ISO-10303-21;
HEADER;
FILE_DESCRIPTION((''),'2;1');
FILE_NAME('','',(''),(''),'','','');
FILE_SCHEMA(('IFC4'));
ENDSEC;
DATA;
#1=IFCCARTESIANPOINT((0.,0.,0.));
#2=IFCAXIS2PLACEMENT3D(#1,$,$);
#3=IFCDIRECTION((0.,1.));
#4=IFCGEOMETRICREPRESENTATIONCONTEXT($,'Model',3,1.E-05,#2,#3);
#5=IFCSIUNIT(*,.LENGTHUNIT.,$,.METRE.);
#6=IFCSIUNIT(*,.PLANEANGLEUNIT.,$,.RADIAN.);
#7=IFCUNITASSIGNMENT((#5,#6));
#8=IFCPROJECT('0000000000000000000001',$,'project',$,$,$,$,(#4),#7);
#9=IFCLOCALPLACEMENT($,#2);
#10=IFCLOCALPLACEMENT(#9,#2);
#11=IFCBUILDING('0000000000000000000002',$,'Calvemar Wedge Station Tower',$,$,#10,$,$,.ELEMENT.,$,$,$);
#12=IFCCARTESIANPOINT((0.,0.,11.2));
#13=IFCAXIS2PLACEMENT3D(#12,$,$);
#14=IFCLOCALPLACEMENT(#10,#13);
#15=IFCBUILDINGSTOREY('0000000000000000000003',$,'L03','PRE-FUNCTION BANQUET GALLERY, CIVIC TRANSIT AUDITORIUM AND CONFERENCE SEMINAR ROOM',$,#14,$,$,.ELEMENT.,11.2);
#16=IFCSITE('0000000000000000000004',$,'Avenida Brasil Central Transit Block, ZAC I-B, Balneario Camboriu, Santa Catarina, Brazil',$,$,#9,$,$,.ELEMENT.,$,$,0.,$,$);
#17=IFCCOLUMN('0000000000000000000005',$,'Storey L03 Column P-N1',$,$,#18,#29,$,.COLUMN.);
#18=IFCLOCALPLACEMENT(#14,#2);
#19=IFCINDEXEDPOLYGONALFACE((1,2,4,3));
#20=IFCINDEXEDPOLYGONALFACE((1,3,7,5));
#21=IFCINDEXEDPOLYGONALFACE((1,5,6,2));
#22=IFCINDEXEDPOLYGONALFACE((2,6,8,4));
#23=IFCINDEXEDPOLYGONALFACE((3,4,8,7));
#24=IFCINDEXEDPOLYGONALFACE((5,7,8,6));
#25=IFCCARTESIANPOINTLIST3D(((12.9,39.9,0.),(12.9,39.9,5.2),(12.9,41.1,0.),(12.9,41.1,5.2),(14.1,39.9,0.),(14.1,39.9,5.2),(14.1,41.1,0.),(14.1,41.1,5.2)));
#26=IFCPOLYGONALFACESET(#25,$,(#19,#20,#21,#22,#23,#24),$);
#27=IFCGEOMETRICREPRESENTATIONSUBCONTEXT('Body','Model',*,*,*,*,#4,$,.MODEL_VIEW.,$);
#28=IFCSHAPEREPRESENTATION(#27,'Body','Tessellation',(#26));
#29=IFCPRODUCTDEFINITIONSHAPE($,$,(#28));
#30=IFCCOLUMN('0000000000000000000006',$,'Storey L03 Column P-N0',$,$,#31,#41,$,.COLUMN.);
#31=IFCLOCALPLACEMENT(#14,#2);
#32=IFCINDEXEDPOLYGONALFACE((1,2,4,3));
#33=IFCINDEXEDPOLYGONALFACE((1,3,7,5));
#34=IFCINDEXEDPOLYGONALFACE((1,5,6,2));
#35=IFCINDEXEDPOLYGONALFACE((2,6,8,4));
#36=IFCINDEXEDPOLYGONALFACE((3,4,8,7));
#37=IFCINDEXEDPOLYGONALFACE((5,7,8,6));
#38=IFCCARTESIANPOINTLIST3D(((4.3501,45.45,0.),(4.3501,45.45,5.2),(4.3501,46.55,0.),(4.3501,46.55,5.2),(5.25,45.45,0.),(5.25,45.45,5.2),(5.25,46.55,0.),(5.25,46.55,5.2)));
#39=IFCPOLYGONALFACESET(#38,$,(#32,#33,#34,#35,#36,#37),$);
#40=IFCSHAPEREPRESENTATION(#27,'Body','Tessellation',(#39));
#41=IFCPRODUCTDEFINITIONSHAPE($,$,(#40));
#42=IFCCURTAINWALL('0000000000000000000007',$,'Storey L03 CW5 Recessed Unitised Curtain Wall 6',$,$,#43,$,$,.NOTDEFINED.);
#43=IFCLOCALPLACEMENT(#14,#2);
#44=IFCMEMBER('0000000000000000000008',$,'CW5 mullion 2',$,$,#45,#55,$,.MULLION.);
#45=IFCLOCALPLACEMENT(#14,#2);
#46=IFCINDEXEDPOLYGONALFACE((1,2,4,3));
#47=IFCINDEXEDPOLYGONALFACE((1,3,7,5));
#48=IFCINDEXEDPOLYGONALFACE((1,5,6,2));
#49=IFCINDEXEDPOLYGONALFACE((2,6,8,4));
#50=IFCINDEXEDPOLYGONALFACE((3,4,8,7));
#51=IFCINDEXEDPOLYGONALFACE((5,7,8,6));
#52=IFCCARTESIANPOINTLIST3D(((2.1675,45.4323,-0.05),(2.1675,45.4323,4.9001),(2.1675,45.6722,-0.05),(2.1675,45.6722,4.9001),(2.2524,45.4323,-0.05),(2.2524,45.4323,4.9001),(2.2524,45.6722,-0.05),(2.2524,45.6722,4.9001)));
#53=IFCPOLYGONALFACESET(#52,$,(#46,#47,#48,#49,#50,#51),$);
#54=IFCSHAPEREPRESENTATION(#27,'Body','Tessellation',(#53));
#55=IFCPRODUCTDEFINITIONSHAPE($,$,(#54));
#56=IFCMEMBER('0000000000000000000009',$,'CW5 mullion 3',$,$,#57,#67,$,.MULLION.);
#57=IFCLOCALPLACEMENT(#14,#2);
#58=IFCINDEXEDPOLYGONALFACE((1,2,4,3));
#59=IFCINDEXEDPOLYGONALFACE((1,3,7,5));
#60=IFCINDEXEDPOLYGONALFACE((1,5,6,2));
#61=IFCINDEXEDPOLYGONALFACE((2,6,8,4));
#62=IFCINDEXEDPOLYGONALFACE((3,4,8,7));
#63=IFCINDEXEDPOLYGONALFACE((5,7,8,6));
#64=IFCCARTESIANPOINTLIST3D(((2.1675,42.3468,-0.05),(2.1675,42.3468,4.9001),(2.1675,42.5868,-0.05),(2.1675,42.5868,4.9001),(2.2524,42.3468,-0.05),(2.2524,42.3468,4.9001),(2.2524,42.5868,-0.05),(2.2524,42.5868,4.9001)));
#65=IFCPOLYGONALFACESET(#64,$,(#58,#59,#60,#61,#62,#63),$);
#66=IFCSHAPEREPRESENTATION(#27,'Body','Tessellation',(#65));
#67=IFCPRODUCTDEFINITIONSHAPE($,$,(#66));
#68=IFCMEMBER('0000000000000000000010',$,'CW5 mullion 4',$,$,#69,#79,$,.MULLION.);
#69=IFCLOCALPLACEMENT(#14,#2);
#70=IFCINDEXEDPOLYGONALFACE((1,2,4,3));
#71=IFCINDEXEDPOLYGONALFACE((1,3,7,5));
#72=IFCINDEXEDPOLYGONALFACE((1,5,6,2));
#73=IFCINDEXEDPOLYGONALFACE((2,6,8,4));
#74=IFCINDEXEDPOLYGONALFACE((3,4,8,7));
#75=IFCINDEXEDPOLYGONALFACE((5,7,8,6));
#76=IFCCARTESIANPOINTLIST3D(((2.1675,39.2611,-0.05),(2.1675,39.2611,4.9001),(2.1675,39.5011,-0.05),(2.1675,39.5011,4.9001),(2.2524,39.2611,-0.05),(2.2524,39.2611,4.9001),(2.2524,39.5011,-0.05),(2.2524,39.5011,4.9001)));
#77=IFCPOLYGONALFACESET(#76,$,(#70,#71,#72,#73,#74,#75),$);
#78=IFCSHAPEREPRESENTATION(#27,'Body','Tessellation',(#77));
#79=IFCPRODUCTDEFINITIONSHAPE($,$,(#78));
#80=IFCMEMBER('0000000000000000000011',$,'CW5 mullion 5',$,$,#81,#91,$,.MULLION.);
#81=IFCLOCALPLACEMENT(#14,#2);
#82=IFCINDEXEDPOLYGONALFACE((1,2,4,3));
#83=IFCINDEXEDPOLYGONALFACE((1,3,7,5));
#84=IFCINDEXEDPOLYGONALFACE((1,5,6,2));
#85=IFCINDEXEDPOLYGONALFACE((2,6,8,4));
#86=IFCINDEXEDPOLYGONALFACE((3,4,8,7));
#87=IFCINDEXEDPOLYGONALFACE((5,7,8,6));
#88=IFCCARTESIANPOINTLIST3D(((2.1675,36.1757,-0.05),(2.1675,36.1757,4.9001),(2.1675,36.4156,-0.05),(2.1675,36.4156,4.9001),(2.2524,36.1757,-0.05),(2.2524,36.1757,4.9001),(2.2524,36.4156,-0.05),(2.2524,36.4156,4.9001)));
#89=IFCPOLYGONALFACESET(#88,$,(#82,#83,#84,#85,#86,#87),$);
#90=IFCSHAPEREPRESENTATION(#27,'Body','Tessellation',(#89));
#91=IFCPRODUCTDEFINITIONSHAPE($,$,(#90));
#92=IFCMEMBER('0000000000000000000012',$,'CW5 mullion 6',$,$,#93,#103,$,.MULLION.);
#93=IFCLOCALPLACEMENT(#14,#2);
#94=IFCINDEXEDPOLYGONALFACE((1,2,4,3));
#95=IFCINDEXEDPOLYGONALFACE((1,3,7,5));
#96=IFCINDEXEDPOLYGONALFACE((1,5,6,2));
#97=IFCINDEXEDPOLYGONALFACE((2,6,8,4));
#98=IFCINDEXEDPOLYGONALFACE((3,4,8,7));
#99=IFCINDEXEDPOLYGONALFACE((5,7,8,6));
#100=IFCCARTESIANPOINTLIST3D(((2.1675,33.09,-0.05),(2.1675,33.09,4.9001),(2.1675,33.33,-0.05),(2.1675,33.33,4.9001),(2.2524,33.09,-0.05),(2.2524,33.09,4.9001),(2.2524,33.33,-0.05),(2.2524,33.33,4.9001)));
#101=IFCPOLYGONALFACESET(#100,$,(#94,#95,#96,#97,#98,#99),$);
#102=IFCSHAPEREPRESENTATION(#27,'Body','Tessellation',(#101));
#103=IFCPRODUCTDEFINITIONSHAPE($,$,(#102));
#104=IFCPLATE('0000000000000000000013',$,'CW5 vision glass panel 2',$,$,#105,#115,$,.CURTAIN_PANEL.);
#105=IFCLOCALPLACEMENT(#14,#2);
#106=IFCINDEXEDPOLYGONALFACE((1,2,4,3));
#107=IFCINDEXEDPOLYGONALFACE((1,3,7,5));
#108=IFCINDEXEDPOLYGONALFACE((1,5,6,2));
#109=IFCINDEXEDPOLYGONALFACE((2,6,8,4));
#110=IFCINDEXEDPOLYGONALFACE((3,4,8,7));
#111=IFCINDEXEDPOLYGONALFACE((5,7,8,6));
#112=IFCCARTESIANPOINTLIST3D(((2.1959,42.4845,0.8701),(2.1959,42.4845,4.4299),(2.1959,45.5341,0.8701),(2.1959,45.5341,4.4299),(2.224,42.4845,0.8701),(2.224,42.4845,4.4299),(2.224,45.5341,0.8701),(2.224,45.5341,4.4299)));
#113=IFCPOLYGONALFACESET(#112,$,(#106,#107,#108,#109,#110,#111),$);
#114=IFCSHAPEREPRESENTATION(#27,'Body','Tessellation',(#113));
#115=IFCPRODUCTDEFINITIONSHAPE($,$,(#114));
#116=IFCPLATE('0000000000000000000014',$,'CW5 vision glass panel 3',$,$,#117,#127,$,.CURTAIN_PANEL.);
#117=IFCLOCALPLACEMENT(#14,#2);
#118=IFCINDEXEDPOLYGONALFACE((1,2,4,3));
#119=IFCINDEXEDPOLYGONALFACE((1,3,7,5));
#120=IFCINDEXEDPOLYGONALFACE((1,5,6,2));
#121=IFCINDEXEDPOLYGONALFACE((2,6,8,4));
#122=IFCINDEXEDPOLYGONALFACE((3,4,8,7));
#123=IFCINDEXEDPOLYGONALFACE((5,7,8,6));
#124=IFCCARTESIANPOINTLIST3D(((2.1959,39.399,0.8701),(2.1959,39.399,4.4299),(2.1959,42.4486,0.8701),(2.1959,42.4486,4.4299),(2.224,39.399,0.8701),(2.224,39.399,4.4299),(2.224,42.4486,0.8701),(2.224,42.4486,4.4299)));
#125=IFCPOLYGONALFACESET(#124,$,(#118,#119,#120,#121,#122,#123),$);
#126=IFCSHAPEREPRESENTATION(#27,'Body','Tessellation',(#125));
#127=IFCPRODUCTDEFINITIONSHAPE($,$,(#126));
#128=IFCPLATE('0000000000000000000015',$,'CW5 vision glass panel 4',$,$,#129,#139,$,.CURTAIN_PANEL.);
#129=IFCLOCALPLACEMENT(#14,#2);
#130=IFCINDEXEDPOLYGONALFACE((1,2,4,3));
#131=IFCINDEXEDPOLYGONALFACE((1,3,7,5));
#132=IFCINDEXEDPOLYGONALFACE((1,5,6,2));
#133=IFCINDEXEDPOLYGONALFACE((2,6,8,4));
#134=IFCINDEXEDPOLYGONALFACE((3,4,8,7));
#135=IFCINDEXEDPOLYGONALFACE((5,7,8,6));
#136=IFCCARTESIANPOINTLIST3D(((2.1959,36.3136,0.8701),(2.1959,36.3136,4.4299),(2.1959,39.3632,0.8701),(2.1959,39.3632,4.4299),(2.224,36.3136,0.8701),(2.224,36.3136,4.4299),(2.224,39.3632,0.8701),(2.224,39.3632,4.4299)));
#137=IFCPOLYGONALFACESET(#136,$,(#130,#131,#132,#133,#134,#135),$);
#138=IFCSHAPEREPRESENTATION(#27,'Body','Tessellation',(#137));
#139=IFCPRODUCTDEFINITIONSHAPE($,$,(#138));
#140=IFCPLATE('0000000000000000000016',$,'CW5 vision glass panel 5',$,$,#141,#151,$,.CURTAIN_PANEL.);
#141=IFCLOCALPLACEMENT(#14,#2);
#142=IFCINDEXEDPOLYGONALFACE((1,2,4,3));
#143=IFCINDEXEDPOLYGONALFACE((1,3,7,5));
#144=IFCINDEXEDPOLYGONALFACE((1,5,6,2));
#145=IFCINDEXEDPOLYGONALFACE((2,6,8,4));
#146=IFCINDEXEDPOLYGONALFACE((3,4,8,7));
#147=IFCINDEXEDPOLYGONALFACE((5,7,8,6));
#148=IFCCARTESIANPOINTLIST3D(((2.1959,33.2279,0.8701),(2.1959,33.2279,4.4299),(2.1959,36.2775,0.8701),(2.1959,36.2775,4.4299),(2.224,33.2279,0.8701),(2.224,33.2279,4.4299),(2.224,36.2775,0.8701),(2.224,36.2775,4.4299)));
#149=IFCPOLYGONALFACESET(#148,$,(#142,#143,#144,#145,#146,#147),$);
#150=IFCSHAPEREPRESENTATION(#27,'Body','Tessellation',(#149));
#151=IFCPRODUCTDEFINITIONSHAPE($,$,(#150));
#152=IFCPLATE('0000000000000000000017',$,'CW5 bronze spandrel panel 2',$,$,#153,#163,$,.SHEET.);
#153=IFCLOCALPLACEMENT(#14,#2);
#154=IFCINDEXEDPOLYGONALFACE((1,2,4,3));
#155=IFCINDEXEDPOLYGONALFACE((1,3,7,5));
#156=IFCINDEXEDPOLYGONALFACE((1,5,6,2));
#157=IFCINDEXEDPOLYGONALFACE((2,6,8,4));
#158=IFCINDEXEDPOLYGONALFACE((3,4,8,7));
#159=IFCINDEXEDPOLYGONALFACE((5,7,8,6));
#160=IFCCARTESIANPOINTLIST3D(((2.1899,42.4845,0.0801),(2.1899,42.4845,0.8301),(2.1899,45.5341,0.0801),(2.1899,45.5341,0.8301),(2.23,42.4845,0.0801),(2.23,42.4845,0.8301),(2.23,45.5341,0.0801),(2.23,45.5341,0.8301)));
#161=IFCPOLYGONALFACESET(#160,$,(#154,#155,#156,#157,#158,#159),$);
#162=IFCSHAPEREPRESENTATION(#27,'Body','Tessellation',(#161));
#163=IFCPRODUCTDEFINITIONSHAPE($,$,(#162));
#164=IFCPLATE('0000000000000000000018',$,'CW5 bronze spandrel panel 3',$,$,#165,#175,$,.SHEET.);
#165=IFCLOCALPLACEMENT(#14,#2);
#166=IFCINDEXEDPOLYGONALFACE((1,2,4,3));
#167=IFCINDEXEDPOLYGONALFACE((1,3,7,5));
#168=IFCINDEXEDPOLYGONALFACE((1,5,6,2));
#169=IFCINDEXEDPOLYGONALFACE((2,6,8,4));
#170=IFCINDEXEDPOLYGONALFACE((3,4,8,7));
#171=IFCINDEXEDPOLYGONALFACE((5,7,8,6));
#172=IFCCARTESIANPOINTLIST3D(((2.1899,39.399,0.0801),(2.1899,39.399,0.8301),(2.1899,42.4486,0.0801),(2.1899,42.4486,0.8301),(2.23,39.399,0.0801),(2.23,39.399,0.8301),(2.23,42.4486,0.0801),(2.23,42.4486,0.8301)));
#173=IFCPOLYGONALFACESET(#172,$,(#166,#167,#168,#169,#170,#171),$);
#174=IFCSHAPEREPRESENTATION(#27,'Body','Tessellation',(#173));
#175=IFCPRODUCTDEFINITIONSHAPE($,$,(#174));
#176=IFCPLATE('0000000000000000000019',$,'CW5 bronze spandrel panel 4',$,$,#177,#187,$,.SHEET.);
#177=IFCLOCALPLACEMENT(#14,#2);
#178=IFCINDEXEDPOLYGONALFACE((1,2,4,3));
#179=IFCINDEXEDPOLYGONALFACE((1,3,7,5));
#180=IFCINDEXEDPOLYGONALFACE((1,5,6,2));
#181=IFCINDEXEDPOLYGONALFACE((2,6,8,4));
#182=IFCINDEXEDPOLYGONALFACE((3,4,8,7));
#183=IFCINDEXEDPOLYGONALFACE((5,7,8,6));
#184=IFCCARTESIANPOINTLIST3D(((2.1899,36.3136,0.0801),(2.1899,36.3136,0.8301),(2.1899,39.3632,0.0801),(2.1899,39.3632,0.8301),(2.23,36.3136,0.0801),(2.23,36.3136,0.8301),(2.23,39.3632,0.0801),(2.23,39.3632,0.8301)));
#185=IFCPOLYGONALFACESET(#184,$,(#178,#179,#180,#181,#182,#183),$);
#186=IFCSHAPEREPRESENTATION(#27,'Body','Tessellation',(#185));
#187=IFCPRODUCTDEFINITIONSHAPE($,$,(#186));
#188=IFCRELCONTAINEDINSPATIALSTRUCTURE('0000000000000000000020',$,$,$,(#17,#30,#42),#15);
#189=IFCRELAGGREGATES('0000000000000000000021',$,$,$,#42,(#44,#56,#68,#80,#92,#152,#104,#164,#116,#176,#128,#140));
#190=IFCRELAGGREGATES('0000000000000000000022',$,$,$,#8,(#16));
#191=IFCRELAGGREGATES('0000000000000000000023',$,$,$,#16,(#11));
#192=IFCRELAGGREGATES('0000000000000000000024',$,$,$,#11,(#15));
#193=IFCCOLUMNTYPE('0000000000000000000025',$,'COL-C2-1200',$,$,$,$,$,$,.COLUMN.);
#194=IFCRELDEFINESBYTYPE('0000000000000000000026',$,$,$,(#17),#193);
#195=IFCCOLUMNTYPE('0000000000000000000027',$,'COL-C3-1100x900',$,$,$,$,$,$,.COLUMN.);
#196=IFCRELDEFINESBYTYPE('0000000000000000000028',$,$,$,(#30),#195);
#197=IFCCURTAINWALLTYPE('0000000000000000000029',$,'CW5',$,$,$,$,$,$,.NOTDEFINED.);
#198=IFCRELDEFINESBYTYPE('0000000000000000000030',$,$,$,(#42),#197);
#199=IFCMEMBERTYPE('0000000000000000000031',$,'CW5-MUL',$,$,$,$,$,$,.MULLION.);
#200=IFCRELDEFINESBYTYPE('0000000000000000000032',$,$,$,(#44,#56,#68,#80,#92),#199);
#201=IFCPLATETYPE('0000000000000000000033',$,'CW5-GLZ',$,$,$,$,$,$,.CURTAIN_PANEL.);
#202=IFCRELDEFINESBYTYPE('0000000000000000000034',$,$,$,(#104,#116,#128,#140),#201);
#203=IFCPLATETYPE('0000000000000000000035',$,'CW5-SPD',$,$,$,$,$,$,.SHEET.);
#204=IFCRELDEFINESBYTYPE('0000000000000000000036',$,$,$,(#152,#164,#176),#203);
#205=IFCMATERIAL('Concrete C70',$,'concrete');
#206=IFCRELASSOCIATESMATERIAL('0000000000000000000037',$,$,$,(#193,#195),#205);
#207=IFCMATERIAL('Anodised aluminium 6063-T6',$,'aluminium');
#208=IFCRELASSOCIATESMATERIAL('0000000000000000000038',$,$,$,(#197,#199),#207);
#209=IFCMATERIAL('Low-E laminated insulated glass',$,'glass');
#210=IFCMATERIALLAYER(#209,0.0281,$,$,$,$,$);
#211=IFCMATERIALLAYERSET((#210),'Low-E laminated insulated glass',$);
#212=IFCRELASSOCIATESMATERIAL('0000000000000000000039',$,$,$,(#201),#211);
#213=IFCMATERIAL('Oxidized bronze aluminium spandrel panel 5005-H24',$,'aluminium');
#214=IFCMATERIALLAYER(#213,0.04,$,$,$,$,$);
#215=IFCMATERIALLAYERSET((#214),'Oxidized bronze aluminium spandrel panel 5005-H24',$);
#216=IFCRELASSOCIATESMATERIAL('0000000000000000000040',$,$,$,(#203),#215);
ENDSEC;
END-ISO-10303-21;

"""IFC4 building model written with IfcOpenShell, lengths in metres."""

from ifc_helpers import new_model, si_unit, direction, frame, frame_2d, origin, origin_2d, place, context, subcontext, project, spatial, rectangle, extrude, source, transform, mapped, material, layer, layer_set, material_profile, profile_set, type_object, element, aggregate, save


model = new_model("IFC4")

# Units and contexts
model_context = context("Model", 3, precision=1e-05, world=origin(), true_north=direction((0.0, 1.0)))
body_context = subcontext(model_context, "Body", "Model", "MODEL_VIEW")
ifc_project = project(units=[si_unit("LENGTHUNIT", "METRE"), si_unit("PLANEANGLEUNIT", "RADIAN")], contexts=[model_context])

# Site, building, storey
site_placement = place(None, origin())
site = spatial("IfcSite", under=ifc_project, at=site_placement, Name="Avenida Brasil Central Transit Block, ZAC I-B, Balneario Camboriu, Santa Catarina, Brazil", CompositionType="ELEMENT", RefElevation=0.0)
building_placement = place(site_placement, origin())
building = spatial("IfcBuilding", under=site, at=building_placement, Name="Calvemar Wedge Station Tower", CompositionType="ELEMENT")
storey_placement = place(building_placement, frame((0.0, 0.0, 11.2)))
storey = spatial("IfcBuildingStorey", under=building, at=storey_placement, Name="L03", Description="PRE-FUNCTION BANQUET GALLERY, CIVIC TRANSIT AUDITORIUM AND CONFERENCE SEMINAR ROOM", CompositionType="ELEMENT", Elevation=11.2)

# Columns
ifc_material_1 = material(Name="Concrete C70", Category="concrete")
ifc_material_profile_1 = material_profile(ifc_material_1, rectangle(XDim=1.2, YDim=1.2, at=origin_2d()), Name="RC1200x1200")
ifc_profile_set_1 = profile_set([ifc_material_profile_1], Name="Concrete C70")
column_type_1 = type_object("IfcColumnType", Name="COL-C2-1200", PredefinedType="COLUMN", material=ifc_profile_set_1)
shared_shape_1 = source(origin(), body_context, "Body", "SweptSolid", [
    extrude(rectangle(XDim=1.2, YDim=1.2, at=origin_2d()), origin(), (0.0, 0.0, 1.0), 5.2),
])
column_1_placement = place(storey_placement, frame((13.5, 40.5, 0.0), z_axis=(0.0, 0.0, 1.0), x_axis=(1.0, 0.0, 0.0)))
element("IfcColumn", 1, at=column_1_placement, inside=storey, type_object=column_type_1, Name="Storey L03 Column P-N1", PredefinedType="COLUMN", context=body_context, shape_type="MappedRepresentation", body=[
    mapped(shared_shape_1, transform((0.0, 0.0, 0.0), scale=1.0)),
])
ifc_material_profile_2 = material_profile(ifc_material_1, rectangle(XDim=0.8999, YDim=1.1001, at=origin_2d()), Name="RC1100x900")
ifc_profile_set_2 = profile_set([ifc_material_profile_2], Name="Concrete C70")
column_type_2 = type_object("IfcColumnType", Name="COL-C3-1100x900", PredefinedType="COLUMN", material=ifc_profile_set_2)
shared_shape_2 = source(origin(), body_context, "Body", "SweptSolid", [
    extrude(rectangle(XDim=0.8999, YDim=1.1001, at=origin_2d()), origin(), (0.0, 0.0, 1.0), 5.2),
])
column_2_placement = place(storey_placement, frame((4.8, 46.0, 0.0), z_axis=(0.0, 0.0, 1.0), x_axis=(1.0, 0.0, 0.0)))
element("IfcColumn", 2, at=column_2_placement, inside=storey, type_object=column_type_2, Name="Storey L03 Column P-N0", PredefinedType="COLUMN", context=body_context, shape_type="MappedRepresentation", body=[
    mapped(shared_shape_2, transform((0.0, 0.0, 0.0), scale=1.0)),
])

# Curtain wall, members, plates
ifc_material_2 = material(Name="Anodised aluminium 6063-T6", Category="aluminium")
curtain_wall_type = type_object("IfcCurtainWallType", Name="CW5", PredefinedType="NOTDEFINED", material=ifc_material_2)
curtain_wall_placement = place(storey_placement, origin())
curtain_wall = element("IfcCurtainWall", 3, at=curtain_wall_placement, inside=storey, type_object=curtain_wall_type, Name="Storey L03 CW5 Recessed Unitised Curtain Wall 6", PredefinedType="NOTDEFINED")
ifc_material_profile_3 = material_profile(ifc_material_2, rectangle(XDim=0.085, YDim=0.24, at=origin_2d()), Name="AL-MUL-85x240")
ifc_profile_set_3 = profile_set([ifc_material_profile_3], Name="Anodised aluminium 6063-T6")
member_type = type_object("IfcMemberType", Name="CW5-MUL", PredefinedType="MULLION", material=ifc_profile_set_3)
shared_shape_3 = source(origin(), body_context, "Body", "SweptSolid", [
    extrude(rectangle(XDim=0.085, YDim=0.24, at=origin_2d()), origin(), (0.0, 0.0, 1.0), 4.9502),
])
member_1_placement = place(storey_placement, frame((2.21, 45.5522, -0.05), z_axis=(0.0, 0.0, 1.0), x_axis=(1.0, 0.0, 0.0)))
member_1 = element("IfcMember", 4, at=member_1_placement, type_object=member_type, Name="CW5 mullion 2", PredefinedType="MULLION", context=body_context, shape_type="MappedRepresentation", body=[
    mapped(shared_shape_3, transform((0.0, 0.0, 0.0), scale=1.0)),
])
member_2_placement = place(storey_placement, frame((2.21, 42.4668, -0.05), z_axis=(0.0, 0.0, 1.0), x_axis=(1.0, 0.0, 0.0)))
member_2 = element("IfcMember", 5, at=member_2_placement, type_object=member_type, Name="CW5 mullion 3", PredefinedType="MULLION", context=body_context, shape_type="MappedRepresentation", body=[
    mapped(shared_shape_3, transform((0.0, 0.0, 0.0), scale=1.0)),
])
member_3_placement = place(storey_placement, frame((2.21, 39.3811, -0.05), z_axis=(0.0, 0.0, 1.0), x_axis=(1.0, 0.0, 0.0)))
member_3 = element("IfcMember", 6, at=member_3_placement, type_object=member_type, Name="CW5 mullion 4", PredefinedType="MULLION", context=body_context, shape_type="MappedRepresentation", body=[
    mapped(shared_shape_3, transform((0.0, 0.0, 0.0), scale=1.0)),
])
member_4_placement = place(storey_placement, frame((2.21, 36.2957, -0.05), z_axis=(0.0, 0.0, 1.0), x_axis=(1.0, 0.0, 0.0)))
member_4 = element("IfcMember", 7, at=member_4_placement, type_object=member_type, Name="CW5 mullion 5", PredefinedType="MULLION", context=body_context, shape_type="MappedRepresentation", body=[
    mapped(shared_shape_3, transform((0.0, 0.0, 0.0), scale=1.0)),
])
member_5_placement = place(storey_placement, frame((2.21, 33.21, -0.05), z_axis=(0.0, 0.0, 1.0), x_axis=(1.0, 0.0, 0.0)))
member_5 = element("IfcMember", 8, at=member_5_placement, type_object=member_type, Name="CW5 mullion 6", PredefinedType="MULLION", context=body_context, shape_type="MappedRepresentation", body=[
    mapped(shared_shape_3, transform((0.0, 0.0, 0.0), scale=1.0)),
])
ifc_material_3 = material(Name="Low-E laminated insulated glass", Category="glass")
ifc_layer_1 = layer(ifc_material_3, 0.0281)
ifc_layer_set_1 = layer_set([ifc_layer_1], Name="Low-E laminated insulated glass")
plate_type_1 = type_object("IfcPlateType", Name="CW5-GLZ", PredefinedType="CURTAIN_PANEL", material=ifc_layer_set_1)
plate_1_placement = place(storey_placement, frame((2.21, 45.5342, 0.8701), z_axis=(0.0, 0.0, 1.0), x_axis=(0.0, -1.0, 0.0)))
plate_1 = element("IfcPlate", 9, at=plate_1_placement, type_object=plate_type_1, Name="CW5 vision glass panel 2", PredefinedType="CURTAIN_PANEL", context=body_context, shape_type="SweptSolid", body=[
    extrude(rectangle(XDim=3.0496, YDim=0.0281, at=frame_2d((1.5249, 0.0))), origin(), (0.0, 0.0, 1.0), 3.5598),
])
plate_2_placement = place(storey_placement, frame((2.21, 42.4487, 0.8701), z_axis=(0.0, 0.0, 1.0), x_axis=(0.0, -1.0, 0.0)))
plate_2 = element("IfcPlate", 10, at=plate_2_placement, type_object=plate_type_1, Name="CW5 vision glass panel 3", PredefinedType="CURTAIN_PANEL", context=body_context, shape_type="SweptSolid", body=[
    extrude(rectangle(XDim=3.0496, YDim=0.0281, at=frame_2d((1.5249, 0.0))), origin(), (0.0, 0.0, 1.0), 3.5598),
])
plate_3_placement = place(storey_placement, frame((2.21, 39.3633, 0.8701), z_axis=(0.0, 0.0, 1.0), x_axis=(0.0, -1.0, 0.0)))
plate_3 = element("IfcPlate", 11, at=plate_3_placement, type_object=plate_type_1, Name="CW5 vision glass panel 4", PredefinedType="CURTAIN_PANEL", context=body_context, shape_type="SweptSolid", body=[
    extrude(rectangle(XDim=3.0496, YDim=0.0281, at=frame_2d((1.5249, 0.0))), origin(), (0.0, 0.0, 1.0), 3.5598),
])
plate_4_placement = place(storey_placement, frame((2.21, 36.2776, 0.8701), z_axis=(0.0, 0.0, 1.0), x_axis=(0.0, -1.0, 0.0)))
plate_4 = element("IfcPlate", 12, at=plate_4_placement, type_object=plate_type_1, Name="CW5 vision glass panel 5", PredefinedType="CURTAIN_PANEL", context=body_context, shape_type="SweptSolid", body=[
    extrude(rectangle(XDim=3.0496, YDim=0.0281, at=frame_2d((1.5249, 0.0))), origin(), (0.0, 0.0, 1.0), 3.5598),
])
ifc_material_4 = material(Name="Oxidized bronze aluminium spandrel panel 5005-H24", Category="aluminium")
ifc_layer_2 = layer(ifc_material_4, 0.04)
ifc_layer_set_2 = layer_set([ifc_layer_2], Name="Oxidized bronze aluminium spandrel panel 5005-H24")
plate_type_2 = type_object("IfcPlateType", Name="CW5-SPD", PredefinedType="SHEET", material=ifc_layer_set_2)
plate_5_placement = place(storey_placement, frame((2.21, 45.5342, 0.0801), z_axis=(0.0, 0.0, 1.0), x_axis=(0.0, -1.0, 0.0)))
plate_5 = element("IfcPlate", 13, at=plate_5_placement, type_object=plate_type_2, Name="CW5 bronze spandrel panel 2", PredefinedType="SHEET", context=body_context, shape_type="SweptSolid", body=[
    extrude(rectangle(XDim=3.0496, YDim=0.04, at=frame_2d((1.5249, 0.0))), origin(), (0.0, 0.0, 1.0), 0.75),
])
plate_6_placement = place(storey_placement, frame((2.21, 42.4487, 0.0801), z_axis=(0.0, 0.0, 1.0), x_axis=(0.0, -1.0, 0.0)))
plate_6 = element("IfcPlate", 14, at=plate_6_placement, type_object=plate_type_2, Name="CW5 bronze spandrel panel 3", PredefinedType="SHEET", context=body_context, shape_type="SweptSolid", body=[
    extrude(rectangle(XDim=3.0496, YDim=0.04, at=frame_2d((1.5249, 0.0))), origin(), (0.0, 0.0, 1.0), 0.75),
])
plate_7_placement = place(storey_placement, frame((2.21, 39.3633, 0.0801), z_axis=(0.0, 0.0, 1.0), x_axis=(0.0, -1.0, 0.0)))
plate_7 = element("IfcPlate", 15, at=plate_7_placement, type_object=plate_type_2, Name="CW5 bronze spandrel panel 4", PredefinedType="SHEET", context=body_context, shape_type="SweptSolid", body=[
    extrude(rectangle(XDim=3.0496, YDim=0.04, at=frame_2d((1.5249, 0.0))), origin(), (0.0, 0.0, 1.0), 0.75),
])
aggregate(curtain_wall, [member_1, member_2, member_3, member_4, member_5, plate_5, plate_1, plate_6, plate_2, plate_7, plate_3, plate_4])

save(model, "model.ifc")
